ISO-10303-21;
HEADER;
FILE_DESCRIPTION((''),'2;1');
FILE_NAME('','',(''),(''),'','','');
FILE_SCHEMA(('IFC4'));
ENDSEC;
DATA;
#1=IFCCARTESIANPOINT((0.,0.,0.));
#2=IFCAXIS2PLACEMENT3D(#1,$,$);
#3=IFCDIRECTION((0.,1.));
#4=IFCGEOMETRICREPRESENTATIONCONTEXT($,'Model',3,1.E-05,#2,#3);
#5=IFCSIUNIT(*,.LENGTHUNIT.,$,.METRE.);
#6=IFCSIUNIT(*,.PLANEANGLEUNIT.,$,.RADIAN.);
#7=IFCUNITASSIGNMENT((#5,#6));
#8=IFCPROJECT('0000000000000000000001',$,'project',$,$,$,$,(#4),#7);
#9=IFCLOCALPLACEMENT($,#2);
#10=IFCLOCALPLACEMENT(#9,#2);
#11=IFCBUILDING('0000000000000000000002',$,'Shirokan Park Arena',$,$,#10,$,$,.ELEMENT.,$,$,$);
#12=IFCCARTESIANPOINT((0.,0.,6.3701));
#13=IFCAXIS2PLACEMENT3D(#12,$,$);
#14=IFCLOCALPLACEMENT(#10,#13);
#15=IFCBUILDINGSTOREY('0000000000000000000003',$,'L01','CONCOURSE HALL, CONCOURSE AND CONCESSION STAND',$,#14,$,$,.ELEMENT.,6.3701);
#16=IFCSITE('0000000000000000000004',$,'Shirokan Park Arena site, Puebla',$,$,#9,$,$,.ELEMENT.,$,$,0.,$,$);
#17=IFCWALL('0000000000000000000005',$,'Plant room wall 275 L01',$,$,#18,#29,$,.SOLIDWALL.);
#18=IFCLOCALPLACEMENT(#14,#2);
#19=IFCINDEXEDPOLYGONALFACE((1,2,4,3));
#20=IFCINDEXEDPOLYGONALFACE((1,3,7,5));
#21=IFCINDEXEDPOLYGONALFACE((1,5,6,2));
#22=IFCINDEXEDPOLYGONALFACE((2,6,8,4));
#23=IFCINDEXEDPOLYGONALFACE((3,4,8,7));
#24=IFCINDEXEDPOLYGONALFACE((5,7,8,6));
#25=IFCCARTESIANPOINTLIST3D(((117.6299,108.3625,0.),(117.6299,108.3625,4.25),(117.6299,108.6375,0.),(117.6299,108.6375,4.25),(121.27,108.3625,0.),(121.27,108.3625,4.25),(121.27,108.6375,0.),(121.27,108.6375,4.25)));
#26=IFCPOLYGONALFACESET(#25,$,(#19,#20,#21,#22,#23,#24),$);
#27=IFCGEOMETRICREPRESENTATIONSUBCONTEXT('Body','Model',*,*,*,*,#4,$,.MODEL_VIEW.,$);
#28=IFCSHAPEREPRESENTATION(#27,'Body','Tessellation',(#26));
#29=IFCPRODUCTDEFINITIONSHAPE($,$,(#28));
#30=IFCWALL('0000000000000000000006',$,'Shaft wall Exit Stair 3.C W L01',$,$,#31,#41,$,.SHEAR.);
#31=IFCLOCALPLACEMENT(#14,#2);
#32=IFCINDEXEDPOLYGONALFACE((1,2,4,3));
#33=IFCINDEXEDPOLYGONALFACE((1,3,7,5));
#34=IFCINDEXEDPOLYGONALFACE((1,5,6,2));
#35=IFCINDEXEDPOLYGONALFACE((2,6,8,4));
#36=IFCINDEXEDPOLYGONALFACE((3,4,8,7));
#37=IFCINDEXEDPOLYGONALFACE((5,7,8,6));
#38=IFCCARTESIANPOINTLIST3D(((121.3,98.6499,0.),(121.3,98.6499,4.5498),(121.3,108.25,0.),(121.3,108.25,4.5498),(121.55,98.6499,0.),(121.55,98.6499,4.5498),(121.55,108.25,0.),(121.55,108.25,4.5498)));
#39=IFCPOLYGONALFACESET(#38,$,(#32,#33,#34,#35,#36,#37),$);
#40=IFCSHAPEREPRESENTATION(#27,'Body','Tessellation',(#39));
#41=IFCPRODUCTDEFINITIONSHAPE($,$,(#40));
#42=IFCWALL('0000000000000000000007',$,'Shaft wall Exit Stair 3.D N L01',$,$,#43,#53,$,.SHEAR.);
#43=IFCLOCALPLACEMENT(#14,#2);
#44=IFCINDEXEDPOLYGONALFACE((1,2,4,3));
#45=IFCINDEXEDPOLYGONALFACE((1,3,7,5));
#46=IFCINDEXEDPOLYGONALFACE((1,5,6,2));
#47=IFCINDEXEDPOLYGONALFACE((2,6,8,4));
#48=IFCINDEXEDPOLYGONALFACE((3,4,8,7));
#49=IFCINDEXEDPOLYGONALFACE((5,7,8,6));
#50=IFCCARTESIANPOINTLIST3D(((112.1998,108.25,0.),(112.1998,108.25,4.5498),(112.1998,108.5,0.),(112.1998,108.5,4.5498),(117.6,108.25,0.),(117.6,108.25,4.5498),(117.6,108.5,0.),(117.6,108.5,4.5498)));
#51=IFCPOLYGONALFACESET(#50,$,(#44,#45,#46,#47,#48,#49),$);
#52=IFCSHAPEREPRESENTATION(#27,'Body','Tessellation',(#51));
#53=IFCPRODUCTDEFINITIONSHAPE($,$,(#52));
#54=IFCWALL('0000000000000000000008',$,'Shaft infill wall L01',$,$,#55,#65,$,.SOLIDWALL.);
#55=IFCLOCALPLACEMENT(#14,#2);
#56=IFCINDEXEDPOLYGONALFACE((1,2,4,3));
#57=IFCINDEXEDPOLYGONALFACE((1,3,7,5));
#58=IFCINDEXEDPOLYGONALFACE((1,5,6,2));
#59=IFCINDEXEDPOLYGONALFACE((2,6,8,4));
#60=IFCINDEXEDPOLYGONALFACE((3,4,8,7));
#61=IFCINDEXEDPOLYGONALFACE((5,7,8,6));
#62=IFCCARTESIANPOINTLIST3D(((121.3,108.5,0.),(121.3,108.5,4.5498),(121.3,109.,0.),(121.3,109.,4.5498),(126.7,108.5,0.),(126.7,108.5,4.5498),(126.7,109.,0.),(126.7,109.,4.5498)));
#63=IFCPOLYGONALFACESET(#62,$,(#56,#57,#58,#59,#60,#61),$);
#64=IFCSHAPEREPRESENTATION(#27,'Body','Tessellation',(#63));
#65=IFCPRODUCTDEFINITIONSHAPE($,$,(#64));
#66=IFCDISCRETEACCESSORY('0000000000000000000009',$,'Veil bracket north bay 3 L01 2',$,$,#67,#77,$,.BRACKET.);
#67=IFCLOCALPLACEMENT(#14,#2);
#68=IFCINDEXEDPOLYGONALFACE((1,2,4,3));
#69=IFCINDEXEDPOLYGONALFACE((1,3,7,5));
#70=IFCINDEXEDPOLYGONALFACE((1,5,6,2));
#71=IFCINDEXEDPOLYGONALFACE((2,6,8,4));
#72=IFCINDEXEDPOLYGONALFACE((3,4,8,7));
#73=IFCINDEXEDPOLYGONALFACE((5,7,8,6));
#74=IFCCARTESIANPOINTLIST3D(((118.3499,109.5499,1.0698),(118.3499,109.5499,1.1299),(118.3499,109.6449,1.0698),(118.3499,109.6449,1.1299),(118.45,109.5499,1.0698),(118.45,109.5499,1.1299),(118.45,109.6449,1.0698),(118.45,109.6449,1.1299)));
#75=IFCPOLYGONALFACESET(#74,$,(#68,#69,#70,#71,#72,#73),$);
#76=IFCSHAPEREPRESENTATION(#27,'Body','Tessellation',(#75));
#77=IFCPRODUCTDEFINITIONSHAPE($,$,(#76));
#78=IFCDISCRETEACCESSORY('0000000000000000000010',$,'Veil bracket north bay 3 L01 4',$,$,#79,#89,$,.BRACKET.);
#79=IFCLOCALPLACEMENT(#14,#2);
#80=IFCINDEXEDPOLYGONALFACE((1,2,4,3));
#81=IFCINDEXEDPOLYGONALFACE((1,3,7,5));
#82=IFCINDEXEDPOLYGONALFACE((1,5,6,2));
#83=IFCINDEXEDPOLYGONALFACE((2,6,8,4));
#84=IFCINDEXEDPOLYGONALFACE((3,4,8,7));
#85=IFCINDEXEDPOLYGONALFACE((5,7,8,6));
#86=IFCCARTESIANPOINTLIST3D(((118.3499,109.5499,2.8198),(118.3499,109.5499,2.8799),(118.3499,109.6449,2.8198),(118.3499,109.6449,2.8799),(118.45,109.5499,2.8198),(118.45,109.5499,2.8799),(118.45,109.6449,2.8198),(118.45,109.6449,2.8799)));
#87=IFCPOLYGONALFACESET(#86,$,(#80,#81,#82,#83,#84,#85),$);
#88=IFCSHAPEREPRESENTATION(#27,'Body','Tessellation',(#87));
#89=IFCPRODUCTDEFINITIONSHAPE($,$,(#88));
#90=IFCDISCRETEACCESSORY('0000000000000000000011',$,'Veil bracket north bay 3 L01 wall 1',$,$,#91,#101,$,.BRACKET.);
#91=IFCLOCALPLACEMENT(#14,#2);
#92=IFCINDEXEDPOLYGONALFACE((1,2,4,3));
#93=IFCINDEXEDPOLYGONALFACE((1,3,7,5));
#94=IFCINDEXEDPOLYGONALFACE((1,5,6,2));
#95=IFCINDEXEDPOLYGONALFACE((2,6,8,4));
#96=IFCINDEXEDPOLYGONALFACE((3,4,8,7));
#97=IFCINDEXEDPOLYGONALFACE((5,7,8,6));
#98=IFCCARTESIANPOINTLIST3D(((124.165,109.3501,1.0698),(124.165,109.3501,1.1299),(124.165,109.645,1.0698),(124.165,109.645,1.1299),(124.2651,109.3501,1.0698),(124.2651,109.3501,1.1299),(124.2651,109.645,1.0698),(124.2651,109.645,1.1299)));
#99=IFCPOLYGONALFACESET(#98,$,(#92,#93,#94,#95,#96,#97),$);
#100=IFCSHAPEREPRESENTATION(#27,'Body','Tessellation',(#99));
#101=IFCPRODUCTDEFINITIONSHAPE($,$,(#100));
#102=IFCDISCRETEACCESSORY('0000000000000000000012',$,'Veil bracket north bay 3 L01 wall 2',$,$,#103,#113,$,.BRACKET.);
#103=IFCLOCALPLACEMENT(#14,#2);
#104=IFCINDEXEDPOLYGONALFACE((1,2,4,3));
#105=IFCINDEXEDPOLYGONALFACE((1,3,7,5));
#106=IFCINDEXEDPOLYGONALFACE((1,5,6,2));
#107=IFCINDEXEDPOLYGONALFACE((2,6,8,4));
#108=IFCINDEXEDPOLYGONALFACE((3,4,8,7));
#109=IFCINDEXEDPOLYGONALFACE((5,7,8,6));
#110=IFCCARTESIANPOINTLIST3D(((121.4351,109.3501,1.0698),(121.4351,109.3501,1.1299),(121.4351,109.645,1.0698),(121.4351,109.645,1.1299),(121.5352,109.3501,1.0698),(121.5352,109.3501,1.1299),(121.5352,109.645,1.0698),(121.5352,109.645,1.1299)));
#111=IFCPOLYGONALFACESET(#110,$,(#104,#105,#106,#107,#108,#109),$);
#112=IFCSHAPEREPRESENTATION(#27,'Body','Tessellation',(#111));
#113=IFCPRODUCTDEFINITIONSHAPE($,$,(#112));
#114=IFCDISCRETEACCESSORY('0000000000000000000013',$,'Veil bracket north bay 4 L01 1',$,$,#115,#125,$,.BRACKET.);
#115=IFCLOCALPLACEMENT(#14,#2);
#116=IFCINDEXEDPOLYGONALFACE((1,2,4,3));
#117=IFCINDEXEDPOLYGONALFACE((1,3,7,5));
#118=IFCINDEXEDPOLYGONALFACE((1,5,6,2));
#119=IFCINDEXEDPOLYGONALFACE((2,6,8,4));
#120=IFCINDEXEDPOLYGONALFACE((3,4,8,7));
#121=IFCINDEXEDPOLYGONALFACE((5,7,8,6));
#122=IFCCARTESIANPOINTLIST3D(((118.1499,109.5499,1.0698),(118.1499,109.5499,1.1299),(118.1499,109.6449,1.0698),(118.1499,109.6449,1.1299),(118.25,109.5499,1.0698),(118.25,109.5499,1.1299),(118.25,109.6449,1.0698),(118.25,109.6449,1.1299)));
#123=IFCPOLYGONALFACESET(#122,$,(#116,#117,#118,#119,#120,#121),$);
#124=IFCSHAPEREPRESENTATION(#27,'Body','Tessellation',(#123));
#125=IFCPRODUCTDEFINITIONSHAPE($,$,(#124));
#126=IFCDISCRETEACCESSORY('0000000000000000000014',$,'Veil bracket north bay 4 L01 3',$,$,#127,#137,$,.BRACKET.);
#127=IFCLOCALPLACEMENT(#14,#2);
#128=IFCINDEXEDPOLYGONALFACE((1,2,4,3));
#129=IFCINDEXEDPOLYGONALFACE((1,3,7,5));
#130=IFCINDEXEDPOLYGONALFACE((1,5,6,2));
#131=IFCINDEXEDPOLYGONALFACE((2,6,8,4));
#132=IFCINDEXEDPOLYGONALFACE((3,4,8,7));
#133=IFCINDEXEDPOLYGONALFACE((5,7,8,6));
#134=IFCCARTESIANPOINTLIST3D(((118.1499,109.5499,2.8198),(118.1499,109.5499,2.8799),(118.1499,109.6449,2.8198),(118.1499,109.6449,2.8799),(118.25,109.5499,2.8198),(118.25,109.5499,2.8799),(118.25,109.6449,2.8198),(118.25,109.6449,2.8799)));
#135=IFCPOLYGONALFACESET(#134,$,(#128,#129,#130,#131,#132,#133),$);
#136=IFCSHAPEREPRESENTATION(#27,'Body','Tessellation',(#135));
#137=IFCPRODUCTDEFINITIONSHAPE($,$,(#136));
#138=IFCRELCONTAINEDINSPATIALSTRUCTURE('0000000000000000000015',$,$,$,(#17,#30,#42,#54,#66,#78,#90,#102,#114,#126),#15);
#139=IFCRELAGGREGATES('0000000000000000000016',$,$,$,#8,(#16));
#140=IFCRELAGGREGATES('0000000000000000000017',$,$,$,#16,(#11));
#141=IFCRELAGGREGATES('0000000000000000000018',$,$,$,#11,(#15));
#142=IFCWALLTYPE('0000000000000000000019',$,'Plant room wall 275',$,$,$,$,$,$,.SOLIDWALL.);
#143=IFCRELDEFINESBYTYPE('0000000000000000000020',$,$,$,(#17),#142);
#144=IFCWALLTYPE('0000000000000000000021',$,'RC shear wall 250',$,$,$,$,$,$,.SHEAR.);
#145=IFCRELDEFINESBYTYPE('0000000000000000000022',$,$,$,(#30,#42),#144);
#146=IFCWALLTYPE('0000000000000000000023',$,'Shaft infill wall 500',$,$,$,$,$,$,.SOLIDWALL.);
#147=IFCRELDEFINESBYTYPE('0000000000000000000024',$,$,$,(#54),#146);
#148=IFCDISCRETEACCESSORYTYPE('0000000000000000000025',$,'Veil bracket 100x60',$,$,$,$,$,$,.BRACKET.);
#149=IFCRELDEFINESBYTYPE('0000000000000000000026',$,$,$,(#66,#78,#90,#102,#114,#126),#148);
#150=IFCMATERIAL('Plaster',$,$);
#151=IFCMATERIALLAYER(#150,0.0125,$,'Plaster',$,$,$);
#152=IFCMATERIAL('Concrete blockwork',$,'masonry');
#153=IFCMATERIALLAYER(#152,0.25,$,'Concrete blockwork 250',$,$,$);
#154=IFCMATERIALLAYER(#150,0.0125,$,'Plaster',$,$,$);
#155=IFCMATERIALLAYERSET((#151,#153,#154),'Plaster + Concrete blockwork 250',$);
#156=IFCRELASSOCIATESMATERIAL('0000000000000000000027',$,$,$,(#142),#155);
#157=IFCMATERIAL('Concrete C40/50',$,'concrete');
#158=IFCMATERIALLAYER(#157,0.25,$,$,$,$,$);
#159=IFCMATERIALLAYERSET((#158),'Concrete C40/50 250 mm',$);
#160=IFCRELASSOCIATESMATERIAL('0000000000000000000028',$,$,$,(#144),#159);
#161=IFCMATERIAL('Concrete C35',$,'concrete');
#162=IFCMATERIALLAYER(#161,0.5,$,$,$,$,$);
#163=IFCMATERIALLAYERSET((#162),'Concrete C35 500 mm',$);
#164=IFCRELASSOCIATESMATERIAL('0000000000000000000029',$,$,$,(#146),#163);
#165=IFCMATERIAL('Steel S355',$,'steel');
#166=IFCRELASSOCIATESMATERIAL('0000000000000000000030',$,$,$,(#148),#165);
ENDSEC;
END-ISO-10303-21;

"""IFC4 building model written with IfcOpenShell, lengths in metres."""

from ifc_helpers import new_model, si_unit, direction, frame, frame_2d, origin, origin_2d, place, context, subcontext, project, spatial, rectangle, extrude, material, layer, layer_set, type_object, element, save


model = new_model("IFC4")

# Units and contexts
model_context = context("Model", 3, precision=1e-05, world=origin(), true_north=direction((0.0, 1.0)))
body_context = subcontext(model_context, "Body", "Model", "MODEL_VIEW")
ifc_project = project(units=[si_unit("LENGTHUNIT", "METRE"), si_unit("PLANEANGLEUNIT", "RADIAN")], contexts=[model_context])

# Site, building, storey
site_placement = place(None, origin())
site = spatial("IfcSite", under=ifc_project, at=site_placement, Name="Shirokan Park Arena site, Puebla", CompositionType="ELEMENT", RefElevation=0.0)
building_placement = place(site_placement, origin())
building = spatial("IfcBuilding", under=site, at=building_placement, Name="Shirokan Park Arena", CompositionType="ELEMENT")
storey_placement = place(building_placement, frame((0.0, 0.0, 6.3701)))
storey = spatial("IfcBuildingStorey", under=building, at=storey_placement, Name="L01", Description="CONCOURSE HALL, CONCOURSE AND CONCESSION STAND", CompositionType="ELEMENT", Elevation=6.3701)

# Shared definitions
ifc_material_1 = material(Name="Concrete C35", Category="concrete")

# Shared definitions
ifc_material_2 = material(Name="Steel S355", Category="steel")

# Walls
ifc_material_3 = material(Name="Plaster")
ifc_layer_1 = layer(ifc_material_3, 0.0125, Name="Plaster")
ifc_material_4 = material(Name="Concrete blockwork", Category="masonry")
ifc_layer_2 = layer(ifc_material_4, 0.25, Name="Concrete blockwork 250")
ifc_layer_3 = layer(ifc_material_3, 0.0125, Name="Plaster")
ifc_layer_set_1 = layer_set([ifc_layer_1, ifc_layer_2, ifc_layer_3], Name="Plaster + Concrete blockwork 250")
wall_type_1 = type_object("IfcWallType", Name="Plant room wall 275", PredefinedType="SOLIDWALL", material=ifc_layer_set_1)
wall_1_placement = place(storey_placement, frame((117.6299, 108.5, 0.0), z_axis=(0.0, 0.0, 1.0), x_axis=(1.0, 0.0, 0.0)))
element("IfcWall", 1, at=wall_1_placement, inside=storey, type_object=wall_type_1, Name="Plant room wall 275 L01", PredefinedType="SOLIDWALL", context=body_context, shape_type="SweptSolid", body=[
    extrude(rectangle(XDim=3.6401, YDim=0.2749, at=frame_2d((1.8201, 0.0))), origin(), (0.0, 0.0, 1.0), 4.25),
])
ifc_material_5 = material(Name="Concrete C40/50", Category="concrete")
ifc_layer_4 = layer(ifc_material_5, 0.25)
ifc_layer_set_2 = layer_set([ifc_layer_4], Name="Concrete C40/50 250 mm")
wall_type_2 = type_object("IfcWallType", Name="RC shear wall 250", PredefinedType="SHEAR", material=ifc_layer_set_2)
wall_2_placement = place(storey_placement, frame((121.425, 108.25, 0.0), z_axis=(0.0, 0.0, 1.0), x_axis=(0.0, -1.0, 0.0)))
element("IfcWall", 2, at=wall_2_placement, inside=storey, type_object=wall_type_2, Name="Shaft wall Exit Stair 3.C W L01", PredefinedType="SHEAR", context=body_context, shape_type="SweptSolid", body=[
    extrude(rectangle(XDim=9.6001, YDim=0.25, at=frame_2d((4.8, 0.0))), origin(), (0.0, 0.0, 1.0), 4.5498),
])
wall_3_placement = place(storey_placement, frame((117.6001, 108.375, 0.0), z_axis=(0.0, 0.0, 1.0), x_axis=(-1.0, 0.0, 0.0)))
element("IfcWall", 3, at=wall_3_placement, inside=storey, type_object=wall_type_2, Name="Shaft wall Exit Stair 3.D N L01", PredefinedType="SHEAR", context=body_context, shape_type="SweptSolid", body=[
    extrude(rectangle(XDim=5.4001, YDim=0.25, at=frame_2d((2.7002, 0.0))), origin(), (0.0, 0.0, 1.0), 4.5498),
])
ifc_layer_5 = layer(ifc_material_1, 0.5)
ifc_layer_set_3 = layer_set([ifc_layer_5], Name="Concrete C35 500 mm")
wall_type_3 = type_object("IfcWallType", Name="Shaft infill wall 500", PredefinedType="SOLIDWALL", material=ifc_layer_set_3)
wall_4_placement = place(storey_placement, frame((121.3, 108.75, 0.0), z_axis=(0.0, 0.0, 1.0), x_axis=(1.0, 0.0, 0.0)))
element("IfcWall", 4, at=wall_4_placement, inside=storey, type_object=wall_type_3, Name="Shaft infill wall L01", PredefinedType="SOLIDWALL", context=body_context, shape_type="SweptSolid", body=[
    extrude(rectangle(XDim=5.3999, YDim=0.5, at=frame_2d((2.7, 0.0))), origin(), (0.0, 0.0, 1.0), 4.5498),
])

# Discrete accessories
discrete_accessory_type = type_object("IfcDiscreteAccessoryType", Name="Veil bracket 100x60", PredefinedType="BRACKET", material=ifc_material_2)
for number, where, z_axis, x_axis, name in (
    (5, (118.3999, 109.5974, 1.0698), (0.0, 0.0, 1.0), (-1.0, 0.0, 0.0), "Veil bracket north bay 3 L01 2"),
    (6, (118.3999, 109.5974, 2.8198), (0.0, 0.0, 1.0), (-1.0, 0.0, 0.0), "Veil bracket north bay 3 L01 4"),
):
    element("IfcDiscreteAccessory", number, at=place(storey_placement, frame(where, z_axis=z_axis, x_axis=x_axis)), inside=storey, type_object=discrete_accessory_type, Name=name, PredefinedType="BRACKET", context=body_context, shape_type="SweptSolid", body=[
        extrude(rectangle(XDim=0.1001, YDim=0.095, at=origin_2d()), origin(), (0.0, 0.0, 1.0), 0.0601),
    ])
for number, where, z_axis, x_axis, name in (
    (7, (124.2151, 109.4976, 1.0698), (0.0, 0.0, 1.0), (-1.0, 0.0, 0.0), "Veil bracket north bay 3 L01 wall 1"),
    (8, (121.4851, 109.4976, 1.0698), (0.0, 0.0, 1.0), (-1.0, 0.0, 0.0), "Veil bracket north bay 3 L01 wall 2"),
):
    element("IfcDiscreteAccessory", number, at=place(storey_placement, frame(where, z_axis=z_axis, x_axis=x_axis)), inside=storey, type_object=discrete_accessory_type, Name=name, PredefinedType="BRACKET", context=body_context, shape_type="SweptSolid", body=[
        extrude(rectangle(XDim=0.1001, YDim=0.2949, at=origin_2d()), origin(), (0.0, 0.0, 1.0), 0.0601),
    ])
for number, where, z_axis, x_axis, name in (
    (9, (118.2, 109.5974, 1.0698), (0.0, 0.0, 1.0), (-1.0, 0.0, 0.0), "Veil bracket north bay 4 L01 1"),
    (10, (118.2, 109.5974, 2.8198), (0.0, 0.0, 1.0), (-1.0, 0.0, 0.0), "Veil bracket north bay 4 L01 3"),
):
    element("IfcDiscreteAccessory", number, at=place(storey_placement, frame(where, z_axis=z_axis, x_axis=x_axis)), inside=storey, type_object=discrete_accessory_type, Name=name, PredefinedType="BRACKET", context=body_context, shape_type="SweptSolid", body=[
        extrude(rectangle(XDim=0.1001, YDim=0.095, at=origin_2d()), origin(), (0.0, 0.0, 1.0), 0.0601),
    ])

save(model, "model.ifc")
